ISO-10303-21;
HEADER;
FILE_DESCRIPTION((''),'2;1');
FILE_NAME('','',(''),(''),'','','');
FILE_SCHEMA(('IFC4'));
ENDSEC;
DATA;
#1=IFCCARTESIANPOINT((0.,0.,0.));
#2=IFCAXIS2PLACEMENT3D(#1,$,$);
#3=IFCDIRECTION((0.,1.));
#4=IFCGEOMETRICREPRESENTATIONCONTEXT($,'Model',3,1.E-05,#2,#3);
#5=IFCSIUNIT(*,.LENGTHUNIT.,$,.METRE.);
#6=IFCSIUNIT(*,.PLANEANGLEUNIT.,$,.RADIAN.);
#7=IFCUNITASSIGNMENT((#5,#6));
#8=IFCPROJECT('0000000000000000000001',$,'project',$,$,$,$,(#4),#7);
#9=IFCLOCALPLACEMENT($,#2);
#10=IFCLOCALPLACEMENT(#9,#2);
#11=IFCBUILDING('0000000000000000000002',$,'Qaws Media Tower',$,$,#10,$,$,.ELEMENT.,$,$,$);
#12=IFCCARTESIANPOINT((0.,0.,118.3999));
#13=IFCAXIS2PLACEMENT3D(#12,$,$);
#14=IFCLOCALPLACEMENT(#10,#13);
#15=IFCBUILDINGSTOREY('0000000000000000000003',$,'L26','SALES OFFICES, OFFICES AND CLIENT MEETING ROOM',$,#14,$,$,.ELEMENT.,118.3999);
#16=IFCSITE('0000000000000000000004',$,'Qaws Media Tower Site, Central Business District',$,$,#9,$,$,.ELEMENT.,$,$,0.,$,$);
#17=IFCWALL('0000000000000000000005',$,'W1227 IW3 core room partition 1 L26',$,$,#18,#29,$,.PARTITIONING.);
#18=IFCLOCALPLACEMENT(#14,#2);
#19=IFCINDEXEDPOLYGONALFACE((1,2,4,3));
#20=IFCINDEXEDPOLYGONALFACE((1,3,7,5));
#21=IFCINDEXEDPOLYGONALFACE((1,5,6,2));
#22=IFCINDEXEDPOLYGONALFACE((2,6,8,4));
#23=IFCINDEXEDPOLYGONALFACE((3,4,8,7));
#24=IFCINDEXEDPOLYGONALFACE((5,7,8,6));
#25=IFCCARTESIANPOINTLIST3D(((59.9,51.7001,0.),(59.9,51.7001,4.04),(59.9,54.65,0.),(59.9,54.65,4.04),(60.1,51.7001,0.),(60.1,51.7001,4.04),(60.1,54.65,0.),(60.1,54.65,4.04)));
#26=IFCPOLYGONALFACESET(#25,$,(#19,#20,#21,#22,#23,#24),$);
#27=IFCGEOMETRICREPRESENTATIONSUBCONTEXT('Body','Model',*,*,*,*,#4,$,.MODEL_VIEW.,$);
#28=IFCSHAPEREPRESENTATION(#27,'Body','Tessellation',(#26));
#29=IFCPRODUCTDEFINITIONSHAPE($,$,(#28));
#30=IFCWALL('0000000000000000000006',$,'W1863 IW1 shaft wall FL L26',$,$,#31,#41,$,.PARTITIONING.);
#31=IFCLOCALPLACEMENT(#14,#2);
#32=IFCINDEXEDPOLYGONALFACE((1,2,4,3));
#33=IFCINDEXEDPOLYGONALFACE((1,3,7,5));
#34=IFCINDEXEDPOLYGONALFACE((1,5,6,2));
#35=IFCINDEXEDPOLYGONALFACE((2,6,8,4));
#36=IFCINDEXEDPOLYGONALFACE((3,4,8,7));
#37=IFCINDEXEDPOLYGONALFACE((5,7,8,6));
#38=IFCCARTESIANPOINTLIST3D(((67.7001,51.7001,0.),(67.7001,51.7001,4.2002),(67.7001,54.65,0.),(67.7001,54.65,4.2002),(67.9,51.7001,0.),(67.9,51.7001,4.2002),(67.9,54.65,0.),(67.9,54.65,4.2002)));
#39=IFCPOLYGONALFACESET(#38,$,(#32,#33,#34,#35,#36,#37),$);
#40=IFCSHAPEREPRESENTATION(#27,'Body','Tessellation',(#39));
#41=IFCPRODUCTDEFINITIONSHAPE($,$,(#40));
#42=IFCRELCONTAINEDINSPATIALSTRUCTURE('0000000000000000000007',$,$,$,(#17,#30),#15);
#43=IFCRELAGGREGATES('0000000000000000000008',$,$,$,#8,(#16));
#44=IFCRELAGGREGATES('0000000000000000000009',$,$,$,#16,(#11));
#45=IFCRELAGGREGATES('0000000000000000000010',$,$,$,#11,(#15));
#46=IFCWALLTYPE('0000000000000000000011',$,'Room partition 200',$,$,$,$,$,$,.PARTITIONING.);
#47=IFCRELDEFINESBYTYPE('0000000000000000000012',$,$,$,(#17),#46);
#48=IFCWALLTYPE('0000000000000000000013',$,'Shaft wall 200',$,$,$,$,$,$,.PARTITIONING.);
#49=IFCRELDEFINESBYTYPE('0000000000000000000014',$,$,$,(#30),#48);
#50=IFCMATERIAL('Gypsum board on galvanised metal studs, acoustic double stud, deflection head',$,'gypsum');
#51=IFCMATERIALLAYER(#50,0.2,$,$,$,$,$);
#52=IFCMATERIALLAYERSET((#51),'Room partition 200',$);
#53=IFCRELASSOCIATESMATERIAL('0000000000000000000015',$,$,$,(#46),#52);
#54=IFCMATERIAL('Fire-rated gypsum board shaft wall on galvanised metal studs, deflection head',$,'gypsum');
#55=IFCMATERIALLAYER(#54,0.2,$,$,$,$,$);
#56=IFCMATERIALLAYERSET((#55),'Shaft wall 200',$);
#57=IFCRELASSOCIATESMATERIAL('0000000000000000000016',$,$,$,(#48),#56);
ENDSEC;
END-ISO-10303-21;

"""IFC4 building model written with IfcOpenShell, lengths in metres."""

from ifc_helpers import new_model, si_unit, direction, frame, frame_2d, origin, place, context, subcontext, project, spatial, rectangle, extrude, material, layer, layer_set, type_object, element, save


model = new_model("IFC4")

# Units and contexts
model_context = context("Model", 3, precision=1e-05, world=origin(), true_north=direction((0.0, 1.0)))
body_context = subcontext(model_context, "Body", "Model", "MODEL_VIEW")
ifc_project = project(units=[si_unit("LENGTHUNIT", "METRE"), si_unit("PLANEANGLEUNIT", "RADIAN")], contexts=[model_context])

# Site, building, storey
site_placement = place(None, origin())
site = spatial("IfcSite", under=ifc_project, at=site_placement, Name="Qaws Media Tower Site, Central Business District", CompositionType="ELEMENT", RefElevation=0.0)
building_placement = place(site_placement, origin())
building = spatial("IfcBuilding", under=site, at=building_placement, Name="Qaws Media Tower", CompositionType="ELEMENT")
storey_placement = place(building_placement, frame((0.0, 0.0, 118.3999)))
storey = spatial("IfcBuildingStorey", under=building, at=storey_placement, Name="L26", Description="SALES OFFICES, OFFICES AND CLIENT MEETING ROOM", CompositionType="ELEMENT", Elevation=118.3999)

# Walls
ifc_material_1 = material(Name="Gypsum board on galvanised metal studs, acoustic double stud, deflection head", Category="gypsum")
ifc_layer_1 = layer(ifc_material_1, 0.2)
ifc_layer_set_1 = layer_set([ifc_layer_1], Name="Room partition 200")
wall_type_1 = type_object("IfcWallType", Name="Room partition 200", PredefinedType="PARTITIONING", material=ifc_layer_set_1)
wall_1_placement = place(storey_placement, frame((60.0, 51.7, 0.0), z_axis=(0.0, 0.0, 1.0), x_axis=(0.0, 1.0, 0.0)))
element("IfcWall", 1, at=wall_1_placement, inside=storey, type_object=wall_type_1, Name="W1227 IW3 core room partition 1 L26", PredefinedType="PARTITIONING", context=body_context, shape_type="SweptSolid", body=[
    extrude(rectangle(XDim=2.95, YDim=0.2, at=frame_2d((1.4751, 0.0))), origin(), (0.0, 0.0, 1.0), 4.04),
])
ifc_material_2 = material(Name="Fire-rated gypsum board shaft wall on galvanised metal studs, deflection head", Category="gypsum")
ifc_layer_2 = layer(ifc_material_2, 0.2)
ifc_layer_set_2 = layer_set([ifc_layer_2], Name="Shaft wall 200")
wall_type_2 = type_object("IfcWallType", Name="Shaft wall 200", PredefinedType="PARTITIONING", material=ifc_layer_set_2)
wall_2_placement = place(storey_placement, frame((67.8, 51.7, 0.0), z_axis=(0.0, 0.0, 1.0), x_axis=(0.0, 1.0, 0.0)))
element("IfcWall", 2, at=wall_2_placement, inside=storey, type_object=wall_type_2, Name="W1863 IW1 shaft wall FL L26", PredefinedType="PARTITIONING", context=body_context, shape_type="SweptSolid", body=[
    extrude(rectangle(XDim=2.95, YDim=0.2, at=frame_2d((1.4751, 0.0))), origin(), (0.0, 0.0, 1.0), 4.2002),
])

save(model, "model.ifc")
